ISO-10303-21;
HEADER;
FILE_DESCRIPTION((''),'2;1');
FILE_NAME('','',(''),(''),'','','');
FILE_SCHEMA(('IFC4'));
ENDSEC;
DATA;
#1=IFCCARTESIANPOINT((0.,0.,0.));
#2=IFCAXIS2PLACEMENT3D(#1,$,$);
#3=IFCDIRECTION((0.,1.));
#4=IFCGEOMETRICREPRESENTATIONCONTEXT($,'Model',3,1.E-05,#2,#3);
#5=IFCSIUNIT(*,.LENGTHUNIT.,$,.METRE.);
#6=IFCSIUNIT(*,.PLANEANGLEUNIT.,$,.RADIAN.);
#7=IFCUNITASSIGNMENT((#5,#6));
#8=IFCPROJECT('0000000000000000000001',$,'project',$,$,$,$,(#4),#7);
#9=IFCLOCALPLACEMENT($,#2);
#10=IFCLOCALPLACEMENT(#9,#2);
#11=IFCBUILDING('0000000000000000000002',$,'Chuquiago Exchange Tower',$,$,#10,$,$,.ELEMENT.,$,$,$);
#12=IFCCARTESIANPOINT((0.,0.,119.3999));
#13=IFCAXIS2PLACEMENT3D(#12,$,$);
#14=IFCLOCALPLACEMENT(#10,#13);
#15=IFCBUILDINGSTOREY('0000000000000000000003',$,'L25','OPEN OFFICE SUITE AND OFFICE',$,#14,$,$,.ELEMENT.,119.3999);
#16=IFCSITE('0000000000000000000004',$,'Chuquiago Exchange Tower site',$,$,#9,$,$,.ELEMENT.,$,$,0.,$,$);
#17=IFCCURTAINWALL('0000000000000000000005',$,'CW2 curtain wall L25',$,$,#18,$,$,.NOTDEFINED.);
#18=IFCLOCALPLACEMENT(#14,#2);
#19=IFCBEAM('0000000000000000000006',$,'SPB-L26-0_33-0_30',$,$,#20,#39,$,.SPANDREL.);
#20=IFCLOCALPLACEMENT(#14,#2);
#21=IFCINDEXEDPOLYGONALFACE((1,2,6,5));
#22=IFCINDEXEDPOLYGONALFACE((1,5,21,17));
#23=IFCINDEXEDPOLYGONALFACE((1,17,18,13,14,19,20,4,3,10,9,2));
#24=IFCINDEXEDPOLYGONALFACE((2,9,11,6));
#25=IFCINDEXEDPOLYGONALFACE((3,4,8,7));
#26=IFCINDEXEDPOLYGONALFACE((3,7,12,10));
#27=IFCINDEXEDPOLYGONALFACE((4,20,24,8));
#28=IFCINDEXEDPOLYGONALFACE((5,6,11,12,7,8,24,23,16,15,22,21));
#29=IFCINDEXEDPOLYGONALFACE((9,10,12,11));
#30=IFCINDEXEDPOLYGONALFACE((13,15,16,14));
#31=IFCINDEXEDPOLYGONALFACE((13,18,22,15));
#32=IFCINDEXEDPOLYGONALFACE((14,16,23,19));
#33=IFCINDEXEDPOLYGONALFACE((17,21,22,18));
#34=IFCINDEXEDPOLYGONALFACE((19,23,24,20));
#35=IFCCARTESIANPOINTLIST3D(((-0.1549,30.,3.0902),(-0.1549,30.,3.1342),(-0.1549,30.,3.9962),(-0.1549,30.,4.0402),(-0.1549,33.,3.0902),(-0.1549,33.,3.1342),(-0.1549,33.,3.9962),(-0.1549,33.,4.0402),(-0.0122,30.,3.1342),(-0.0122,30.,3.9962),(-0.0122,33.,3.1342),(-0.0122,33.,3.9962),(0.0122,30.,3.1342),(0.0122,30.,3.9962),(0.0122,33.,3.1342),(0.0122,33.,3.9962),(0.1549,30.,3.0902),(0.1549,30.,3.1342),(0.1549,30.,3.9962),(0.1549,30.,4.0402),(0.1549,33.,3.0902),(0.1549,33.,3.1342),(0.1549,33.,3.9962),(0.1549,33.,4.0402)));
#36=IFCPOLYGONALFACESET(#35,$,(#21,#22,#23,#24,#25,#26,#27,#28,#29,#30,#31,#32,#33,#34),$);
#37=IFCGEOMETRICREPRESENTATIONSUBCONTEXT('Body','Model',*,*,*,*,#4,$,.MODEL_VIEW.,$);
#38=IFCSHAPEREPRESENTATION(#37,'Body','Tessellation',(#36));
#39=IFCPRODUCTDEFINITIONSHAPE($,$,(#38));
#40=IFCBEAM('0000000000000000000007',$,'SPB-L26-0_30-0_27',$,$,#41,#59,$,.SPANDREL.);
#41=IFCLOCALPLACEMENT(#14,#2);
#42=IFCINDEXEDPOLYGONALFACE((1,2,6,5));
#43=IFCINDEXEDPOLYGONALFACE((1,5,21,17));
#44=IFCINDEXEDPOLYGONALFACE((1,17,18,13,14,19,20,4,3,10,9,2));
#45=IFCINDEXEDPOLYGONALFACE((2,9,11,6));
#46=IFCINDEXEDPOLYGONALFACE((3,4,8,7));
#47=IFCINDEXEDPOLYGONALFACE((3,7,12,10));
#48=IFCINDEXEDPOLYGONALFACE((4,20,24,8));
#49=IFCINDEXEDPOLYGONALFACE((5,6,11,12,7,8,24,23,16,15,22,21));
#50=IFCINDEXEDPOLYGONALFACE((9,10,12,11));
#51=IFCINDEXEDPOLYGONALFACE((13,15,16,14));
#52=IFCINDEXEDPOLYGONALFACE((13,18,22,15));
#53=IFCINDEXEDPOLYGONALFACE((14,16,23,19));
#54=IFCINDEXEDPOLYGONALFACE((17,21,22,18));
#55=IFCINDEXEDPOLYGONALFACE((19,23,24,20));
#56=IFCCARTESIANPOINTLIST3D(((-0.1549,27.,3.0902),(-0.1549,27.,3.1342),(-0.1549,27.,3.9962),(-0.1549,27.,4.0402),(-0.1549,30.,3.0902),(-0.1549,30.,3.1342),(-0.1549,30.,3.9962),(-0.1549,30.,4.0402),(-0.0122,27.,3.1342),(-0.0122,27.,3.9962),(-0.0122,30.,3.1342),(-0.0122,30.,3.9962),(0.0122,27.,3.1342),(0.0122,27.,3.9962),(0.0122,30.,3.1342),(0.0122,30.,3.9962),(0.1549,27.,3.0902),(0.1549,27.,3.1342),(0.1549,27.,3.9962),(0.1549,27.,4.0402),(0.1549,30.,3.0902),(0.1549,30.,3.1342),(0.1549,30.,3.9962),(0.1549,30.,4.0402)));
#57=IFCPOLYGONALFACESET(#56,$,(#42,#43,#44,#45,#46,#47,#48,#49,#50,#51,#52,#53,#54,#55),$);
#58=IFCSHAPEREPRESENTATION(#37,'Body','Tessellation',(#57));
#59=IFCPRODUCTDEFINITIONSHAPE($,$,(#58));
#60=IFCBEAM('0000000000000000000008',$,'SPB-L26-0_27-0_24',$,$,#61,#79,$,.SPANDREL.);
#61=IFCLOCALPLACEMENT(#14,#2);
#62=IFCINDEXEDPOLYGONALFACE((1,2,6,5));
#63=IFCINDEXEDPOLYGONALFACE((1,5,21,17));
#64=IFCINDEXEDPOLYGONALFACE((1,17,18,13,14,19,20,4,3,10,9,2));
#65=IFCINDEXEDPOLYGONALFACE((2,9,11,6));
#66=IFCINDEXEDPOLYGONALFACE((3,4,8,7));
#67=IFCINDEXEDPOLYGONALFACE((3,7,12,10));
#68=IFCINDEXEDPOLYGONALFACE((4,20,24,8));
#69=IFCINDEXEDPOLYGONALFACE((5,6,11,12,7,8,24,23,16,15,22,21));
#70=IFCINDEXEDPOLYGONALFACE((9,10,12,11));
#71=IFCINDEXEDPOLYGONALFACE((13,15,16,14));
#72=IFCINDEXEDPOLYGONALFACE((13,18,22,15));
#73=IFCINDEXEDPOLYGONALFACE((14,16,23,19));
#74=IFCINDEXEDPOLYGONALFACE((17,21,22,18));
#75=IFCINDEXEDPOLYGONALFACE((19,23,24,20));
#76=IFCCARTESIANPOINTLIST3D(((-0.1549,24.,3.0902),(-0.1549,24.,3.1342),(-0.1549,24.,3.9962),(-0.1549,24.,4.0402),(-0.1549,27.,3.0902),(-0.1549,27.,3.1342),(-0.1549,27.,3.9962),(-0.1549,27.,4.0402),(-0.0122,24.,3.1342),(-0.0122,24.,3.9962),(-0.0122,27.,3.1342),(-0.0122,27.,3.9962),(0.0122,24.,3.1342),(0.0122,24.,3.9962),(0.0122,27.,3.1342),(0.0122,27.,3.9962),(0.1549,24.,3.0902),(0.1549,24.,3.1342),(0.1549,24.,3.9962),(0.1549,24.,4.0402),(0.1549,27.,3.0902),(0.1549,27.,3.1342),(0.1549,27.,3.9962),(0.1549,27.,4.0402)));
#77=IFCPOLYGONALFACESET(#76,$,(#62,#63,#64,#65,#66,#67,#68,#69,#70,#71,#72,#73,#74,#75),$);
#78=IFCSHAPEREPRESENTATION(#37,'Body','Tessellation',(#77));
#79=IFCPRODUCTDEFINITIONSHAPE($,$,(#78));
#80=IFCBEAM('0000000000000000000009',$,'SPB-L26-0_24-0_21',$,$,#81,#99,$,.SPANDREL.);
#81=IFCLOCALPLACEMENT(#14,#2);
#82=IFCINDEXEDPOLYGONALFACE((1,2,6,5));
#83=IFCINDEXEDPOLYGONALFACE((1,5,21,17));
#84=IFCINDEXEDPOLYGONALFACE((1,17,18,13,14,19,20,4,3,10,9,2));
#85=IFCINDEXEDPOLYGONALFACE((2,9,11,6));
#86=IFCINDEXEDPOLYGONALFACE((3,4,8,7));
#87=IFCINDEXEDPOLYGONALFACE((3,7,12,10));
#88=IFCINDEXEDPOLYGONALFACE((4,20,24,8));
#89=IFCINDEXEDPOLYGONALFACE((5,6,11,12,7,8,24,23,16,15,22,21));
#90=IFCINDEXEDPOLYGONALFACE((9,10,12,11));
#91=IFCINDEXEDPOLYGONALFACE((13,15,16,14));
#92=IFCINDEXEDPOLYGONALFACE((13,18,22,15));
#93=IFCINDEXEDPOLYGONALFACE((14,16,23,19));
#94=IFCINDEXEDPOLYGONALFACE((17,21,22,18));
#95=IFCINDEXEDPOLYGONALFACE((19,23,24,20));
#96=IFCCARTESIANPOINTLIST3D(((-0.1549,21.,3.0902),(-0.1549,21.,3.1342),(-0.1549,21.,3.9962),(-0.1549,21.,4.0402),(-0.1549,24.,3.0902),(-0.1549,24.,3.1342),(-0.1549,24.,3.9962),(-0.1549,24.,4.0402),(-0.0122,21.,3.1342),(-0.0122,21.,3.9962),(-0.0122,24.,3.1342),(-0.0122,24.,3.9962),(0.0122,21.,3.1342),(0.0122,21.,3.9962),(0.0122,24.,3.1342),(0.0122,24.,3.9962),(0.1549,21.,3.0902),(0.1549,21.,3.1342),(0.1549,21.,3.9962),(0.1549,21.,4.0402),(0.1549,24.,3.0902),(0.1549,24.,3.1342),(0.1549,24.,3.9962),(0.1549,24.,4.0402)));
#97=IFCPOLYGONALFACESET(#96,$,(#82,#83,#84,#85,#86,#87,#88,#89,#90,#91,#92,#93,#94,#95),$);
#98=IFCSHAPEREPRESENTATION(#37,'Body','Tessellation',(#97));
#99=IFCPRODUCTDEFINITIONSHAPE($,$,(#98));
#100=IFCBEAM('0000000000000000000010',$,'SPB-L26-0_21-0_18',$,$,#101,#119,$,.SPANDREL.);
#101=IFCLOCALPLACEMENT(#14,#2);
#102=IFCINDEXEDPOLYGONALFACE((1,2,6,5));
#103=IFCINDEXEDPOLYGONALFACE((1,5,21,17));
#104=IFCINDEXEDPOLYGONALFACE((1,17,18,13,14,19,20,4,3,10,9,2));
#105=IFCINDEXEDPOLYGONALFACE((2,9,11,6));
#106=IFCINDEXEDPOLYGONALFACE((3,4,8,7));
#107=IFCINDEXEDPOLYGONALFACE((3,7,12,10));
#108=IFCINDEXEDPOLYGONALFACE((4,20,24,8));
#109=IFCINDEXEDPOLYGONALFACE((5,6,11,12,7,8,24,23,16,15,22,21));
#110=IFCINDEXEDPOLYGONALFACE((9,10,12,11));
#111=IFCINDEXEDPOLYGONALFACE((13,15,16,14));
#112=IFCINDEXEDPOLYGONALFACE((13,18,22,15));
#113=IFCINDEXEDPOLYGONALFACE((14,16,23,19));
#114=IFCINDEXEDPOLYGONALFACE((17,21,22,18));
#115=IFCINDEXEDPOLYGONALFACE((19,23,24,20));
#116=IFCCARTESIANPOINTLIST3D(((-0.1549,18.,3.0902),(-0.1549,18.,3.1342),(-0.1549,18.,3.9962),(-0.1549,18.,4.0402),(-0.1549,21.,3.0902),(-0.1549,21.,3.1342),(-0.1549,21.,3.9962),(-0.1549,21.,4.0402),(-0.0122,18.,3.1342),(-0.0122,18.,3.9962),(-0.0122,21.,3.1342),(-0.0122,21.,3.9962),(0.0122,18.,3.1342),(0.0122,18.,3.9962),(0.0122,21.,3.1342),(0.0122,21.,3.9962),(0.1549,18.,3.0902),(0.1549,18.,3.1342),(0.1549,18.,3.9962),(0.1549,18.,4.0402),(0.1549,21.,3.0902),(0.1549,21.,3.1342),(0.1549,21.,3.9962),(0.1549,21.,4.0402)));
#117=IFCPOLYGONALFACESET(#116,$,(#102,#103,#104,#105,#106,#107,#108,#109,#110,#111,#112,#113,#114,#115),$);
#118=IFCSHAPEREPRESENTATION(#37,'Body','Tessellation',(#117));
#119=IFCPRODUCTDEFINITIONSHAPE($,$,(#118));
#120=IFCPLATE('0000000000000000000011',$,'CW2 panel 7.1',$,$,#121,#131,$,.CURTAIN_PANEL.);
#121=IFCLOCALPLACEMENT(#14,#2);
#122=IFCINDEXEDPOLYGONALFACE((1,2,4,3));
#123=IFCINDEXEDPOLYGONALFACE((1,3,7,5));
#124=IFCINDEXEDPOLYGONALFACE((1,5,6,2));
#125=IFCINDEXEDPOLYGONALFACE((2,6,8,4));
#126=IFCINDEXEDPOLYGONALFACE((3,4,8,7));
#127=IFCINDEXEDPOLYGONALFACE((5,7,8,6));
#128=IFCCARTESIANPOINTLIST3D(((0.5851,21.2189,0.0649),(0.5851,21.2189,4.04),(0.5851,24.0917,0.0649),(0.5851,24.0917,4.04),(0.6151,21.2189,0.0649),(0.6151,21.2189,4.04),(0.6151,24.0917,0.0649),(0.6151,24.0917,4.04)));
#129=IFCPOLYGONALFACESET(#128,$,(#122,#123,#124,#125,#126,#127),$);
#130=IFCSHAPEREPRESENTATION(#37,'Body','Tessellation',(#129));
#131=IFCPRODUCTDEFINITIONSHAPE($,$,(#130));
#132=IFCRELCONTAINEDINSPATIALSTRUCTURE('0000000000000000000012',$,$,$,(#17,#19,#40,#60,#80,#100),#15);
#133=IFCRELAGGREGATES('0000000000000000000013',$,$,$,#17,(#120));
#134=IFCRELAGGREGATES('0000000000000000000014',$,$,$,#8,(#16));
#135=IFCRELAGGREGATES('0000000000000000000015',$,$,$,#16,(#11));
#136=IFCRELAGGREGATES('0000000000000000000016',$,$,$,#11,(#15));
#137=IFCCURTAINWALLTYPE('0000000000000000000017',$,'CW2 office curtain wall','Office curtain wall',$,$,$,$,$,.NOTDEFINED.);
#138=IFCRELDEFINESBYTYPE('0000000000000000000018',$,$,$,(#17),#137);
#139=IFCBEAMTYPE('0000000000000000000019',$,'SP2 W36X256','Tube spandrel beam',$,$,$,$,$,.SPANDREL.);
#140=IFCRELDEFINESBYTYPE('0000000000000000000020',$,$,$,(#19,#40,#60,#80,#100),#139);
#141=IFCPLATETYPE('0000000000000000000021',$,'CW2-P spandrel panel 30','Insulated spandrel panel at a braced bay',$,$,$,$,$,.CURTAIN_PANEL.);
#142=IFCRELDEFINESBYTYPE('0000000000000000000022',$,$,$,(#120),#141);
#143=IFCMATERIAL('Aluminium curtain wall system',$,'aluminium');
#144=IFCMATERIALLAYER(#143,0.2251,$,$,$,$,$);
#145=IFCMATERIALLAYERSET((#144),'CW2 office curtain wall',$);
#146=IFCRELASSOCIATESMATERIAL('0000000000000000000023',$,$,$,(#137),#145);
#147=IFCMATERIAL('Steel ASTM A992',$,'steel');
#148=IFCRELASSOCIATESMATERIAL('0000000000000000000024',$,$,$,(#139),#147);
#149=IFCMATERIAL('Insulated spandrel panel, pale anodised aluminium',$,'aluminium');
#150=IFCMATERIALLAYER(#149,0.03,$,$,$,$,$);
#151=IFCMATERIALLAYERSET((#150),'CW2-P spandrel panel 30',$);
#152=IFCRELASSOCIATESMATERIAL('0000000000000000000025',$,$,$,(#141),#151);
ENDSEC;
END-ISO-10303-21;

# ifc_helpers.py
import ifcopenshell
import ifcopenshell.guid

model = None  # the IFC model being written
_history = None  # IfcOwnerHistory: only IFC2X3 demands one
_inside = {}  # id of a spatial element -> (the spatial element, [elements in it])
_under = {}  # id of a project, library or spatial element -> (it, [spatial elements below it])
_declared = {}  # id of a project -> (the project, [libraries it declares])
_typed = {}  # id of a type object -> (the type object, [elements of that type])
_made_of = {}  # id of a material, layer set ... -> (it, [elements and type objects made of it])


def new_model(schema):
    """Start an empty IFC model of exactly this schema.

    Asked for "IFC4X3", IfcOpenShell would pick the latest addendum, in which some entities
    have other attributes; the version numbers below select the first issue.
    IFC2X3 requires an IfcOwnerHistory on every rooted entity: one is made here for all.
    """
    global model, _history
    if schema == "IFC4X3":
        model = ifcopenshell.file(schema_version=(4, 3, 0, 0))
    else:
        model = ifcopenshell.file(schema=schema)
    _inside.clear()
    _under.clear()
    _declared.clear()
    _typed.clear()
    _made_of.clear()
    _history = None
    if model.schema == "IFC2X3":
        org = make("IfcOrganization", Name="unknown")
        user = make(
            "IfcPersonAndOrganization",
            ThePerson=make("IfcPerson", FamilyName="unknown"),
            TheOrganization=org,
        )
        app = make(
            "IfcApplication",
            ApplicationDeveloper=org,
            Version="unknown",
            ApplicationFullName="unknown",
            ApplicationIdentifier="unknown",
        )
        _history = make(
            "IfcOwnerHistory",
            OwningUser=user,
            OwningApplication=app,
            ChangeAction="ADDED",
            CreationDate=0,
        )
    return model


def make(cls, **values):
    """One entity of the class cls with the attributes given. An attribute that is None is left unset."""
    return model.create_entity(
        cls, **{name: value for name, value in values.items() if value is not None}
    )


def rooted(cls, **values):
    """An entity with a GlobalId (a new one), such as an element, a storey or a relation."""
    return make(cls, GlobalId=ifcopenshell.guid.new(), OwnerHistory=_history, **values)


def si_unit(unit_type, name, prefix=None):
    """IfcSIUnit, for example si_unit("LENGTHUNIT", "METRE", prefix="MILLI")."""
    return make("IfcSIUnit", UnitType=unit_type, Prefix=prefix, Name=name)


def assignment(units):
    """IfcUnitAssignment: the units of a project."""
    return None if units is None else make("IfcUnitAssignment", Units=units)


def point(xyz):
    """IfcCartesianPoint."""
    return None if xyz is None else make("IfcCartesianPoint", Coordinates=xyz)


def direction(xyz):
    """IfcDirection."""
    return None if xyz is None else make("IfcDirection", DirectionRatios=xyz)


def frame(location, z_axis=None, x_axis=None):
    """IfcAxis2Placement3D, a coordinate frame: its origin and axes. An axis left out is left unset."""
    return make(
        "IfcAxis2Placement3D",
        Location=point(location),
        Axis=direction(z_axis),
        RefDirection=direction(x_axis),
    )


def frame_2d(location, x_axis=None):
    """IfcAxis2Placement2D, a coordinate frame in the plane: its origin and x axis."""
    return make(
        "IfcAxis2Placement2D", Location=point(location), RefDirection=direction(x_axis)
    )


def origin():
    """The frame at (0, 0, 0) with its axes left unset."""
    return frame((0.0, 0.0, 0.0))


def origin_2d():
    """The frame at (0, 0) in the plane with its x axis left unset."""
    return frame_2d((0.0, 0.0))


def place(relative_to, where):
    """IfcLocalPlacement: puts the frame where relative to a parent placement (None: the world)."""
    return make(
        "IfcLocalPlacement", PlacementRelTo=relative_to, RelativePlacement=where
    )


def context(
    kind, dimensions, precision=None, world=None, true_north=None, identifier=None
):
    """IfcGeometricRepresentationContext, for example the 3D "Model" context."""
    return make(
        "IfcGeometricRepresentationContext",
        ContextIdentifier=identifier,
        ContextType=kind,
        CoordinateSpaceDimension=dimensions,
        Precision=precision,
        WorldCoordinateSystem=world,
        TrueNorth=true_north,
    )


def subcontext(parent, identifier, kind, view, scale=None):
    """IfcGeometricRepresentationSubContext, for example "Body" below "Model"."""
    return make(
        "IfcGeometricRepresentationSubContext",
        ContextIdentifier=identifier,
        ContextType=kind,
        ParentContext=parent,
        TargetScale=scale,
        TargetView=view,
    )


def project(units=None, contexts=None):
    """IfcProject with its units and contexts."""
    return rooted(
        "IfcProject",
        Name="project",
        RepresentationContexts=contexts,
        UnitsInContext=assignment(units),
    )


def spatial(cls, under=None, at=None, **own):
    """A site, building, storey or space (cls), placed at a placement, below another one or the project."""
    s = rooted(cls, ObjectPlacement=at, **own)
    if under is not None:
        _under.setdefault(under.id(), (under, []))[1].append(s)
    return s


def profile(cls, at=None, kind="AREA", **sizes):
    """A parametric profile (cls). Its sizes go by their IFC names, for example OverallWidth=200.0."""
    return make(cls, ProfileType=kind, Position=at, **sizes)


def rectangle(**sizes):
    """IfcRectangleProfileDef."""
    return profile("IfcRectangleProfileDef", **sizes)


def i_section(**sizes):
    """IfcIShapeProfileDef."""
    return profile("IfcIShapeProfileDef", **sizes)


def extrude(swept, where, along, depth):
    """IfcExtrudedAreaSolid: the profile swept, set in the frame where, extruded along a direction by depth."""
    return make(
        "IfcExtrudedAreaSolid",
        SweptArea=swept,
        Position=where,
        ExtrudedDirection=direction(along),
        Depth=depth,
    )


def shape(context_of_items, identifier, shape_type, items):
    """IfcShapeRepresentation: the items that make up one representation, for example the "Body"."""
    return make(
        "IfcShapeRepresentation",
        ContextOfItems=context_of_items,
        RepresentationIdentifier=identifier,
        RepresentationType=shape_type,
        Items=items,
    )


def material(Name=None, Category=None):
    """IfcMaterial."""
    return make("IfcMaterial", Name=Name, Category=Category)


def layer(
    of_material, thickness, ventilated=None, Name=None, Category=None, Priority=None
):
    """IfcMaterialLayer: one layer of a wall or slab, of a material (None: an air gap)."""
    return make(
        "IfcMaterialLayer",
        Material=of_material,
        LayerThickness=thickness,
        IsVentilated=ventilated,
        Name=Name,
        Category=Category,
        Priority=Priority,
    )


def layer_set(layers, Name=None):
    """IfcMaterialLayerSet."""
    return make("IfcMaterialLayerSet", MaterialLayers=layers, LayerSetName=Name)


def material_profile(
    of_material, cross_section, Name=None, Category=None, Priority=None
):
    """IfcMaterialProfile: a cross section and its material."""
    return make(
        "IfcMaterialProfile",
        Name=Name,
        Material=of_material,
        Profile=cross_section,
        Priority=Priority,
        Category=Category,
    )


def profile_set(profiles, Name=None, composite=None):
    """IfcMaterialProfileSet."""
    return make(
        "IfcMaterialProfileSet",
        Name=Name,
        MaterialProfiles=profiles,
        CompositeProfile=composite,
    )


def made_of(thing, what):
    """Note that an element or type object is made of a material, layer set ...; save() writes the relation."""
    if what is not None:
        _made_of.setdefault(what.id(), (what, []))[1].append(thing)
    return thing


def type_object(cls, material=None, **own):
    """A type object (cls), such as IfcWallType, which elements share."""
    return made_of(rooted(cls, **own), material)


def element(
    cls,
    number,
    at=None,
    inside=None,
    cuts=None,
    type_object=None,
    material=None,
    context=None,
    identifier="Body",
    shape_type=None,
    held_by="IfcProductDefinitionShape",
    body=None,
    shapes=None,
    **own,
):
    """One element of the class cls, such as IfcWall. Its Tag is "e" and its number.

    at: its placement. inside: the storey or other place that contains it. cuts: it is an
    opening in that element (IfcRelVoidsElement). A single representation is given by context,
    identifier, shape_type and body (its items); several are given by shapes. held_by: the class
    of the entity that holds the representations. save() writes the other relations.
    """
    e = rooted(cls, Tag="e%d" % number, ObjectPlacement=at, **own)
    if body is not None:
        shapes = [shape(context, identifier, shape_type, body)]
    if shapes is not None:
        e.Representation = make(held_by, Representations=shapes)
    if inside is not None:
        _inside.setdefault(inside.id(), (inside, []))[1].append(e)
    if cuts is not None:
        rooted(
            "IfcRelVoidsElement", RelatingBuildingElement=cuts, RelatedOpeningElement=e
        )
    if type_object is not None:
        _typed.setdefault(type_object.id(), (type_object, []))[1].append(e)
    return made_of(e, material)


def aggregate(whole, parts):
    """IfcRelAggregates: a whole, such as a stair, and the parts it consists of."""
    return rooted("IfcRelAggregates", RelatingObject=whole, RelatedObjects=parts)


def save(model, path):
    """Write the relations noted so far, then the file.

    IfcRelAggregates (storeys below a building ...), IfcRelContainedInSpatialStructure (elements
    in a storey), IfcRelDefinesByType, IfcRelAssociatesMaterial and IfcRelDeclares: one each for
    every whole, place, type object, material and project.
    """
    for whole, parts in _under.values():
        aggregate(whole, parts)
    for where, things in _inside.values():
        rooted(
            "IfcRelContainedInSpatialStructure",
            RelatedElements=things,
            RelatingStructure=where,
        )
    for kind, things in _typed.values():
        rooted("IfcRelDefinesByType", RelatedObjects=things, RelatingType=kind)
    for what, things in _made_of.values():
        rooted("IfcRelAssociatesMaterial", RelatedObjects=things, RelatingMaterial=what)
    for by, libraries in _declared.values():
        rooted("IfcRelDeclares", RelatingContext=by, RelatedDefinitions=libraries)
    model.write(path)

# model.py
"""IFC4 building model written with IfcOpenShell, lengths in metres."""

from ifc_helpers import new_model, si_unit, direction, frame, origin, origin_2d, place, context, subcontext, project, spatial, rectangle, i_section, extrude, material, layer, layer_set, material_profile, profile_set, type_object, element, aggregate, save


model = new_model("IFC4")

# Units and contexts
model_context = context("Model", 3, precision=1e-05, world=origin(), true_north=direction((0.0, 1.0)))
body_context = subcontext(model_context, "Body", "Model", "MODEL_VIEW")
ifc_project = project(units=[si_unit("LENGTHUNIT", "METRE"), si_unit("PLANEANGLEUNIT", "RADIAN")], contexts=[model_context])

# Site, building, storey
site_placement = place(None, origin())
site = spatial("IfcSite", under=ifc_project, at=site_placement, Name="Chuquiago Exchange Tower site", CompositionType="ELEMENT", RefElevation=0.0)
building_placement = place(site_placement, origin())
building = spatial("IfcBuilding", under=site, at=building_placement, Name="Chuquiago Exchange Tower", CompositionType="ELEMENT")
storey_placement = place(building_placement, frame((0.0, 0.0, 119.3999)))
storey = spatial("IfcBuildingStorey", under=building, at=storey_placement, Name="L25", Description="OPEN OFFICE SUITE AND OFFICE", CompositionType="ELEMENT", Elevation=119.3999)

# Curtain wall
ifc_material_1 = material(Name="Aluminium curtain wall system", Category="aluminium")
ifc_layer_1 = layer(ifc_material_1, 0.2251)
ifc_layer_set_1 = layer_set([ifc_layer_1], Name="CW2 office curtain wall")
curtain_wall_type = type_object("IfcCurtainWallType", Name="CW2 office curtain wall", Description="Office curtain wall", PredefinedType="NOTDEFINED", material=ifc_layer_set_1)
curtain_wall_placement = place(storey_placement, origin())
curtain_wall = element("IfcCurtainWall", 1, at=curtain_wall_placement, inside=storey, type_object=curtain_wall_type, Name="CW2 curtain wall L25", PredefinedType="NOTDEFINED")

# Beams
ifc_material_2 = material(Name="Steel ASTM A992", Category="steel")
ifc_material_profile_1 = material_profile(ifc_material_2, i_section(OverallWidth=0.3098, OverallDepth=0.95, WebThickness=0.0244, FlangeThickness=0.0439, at=origin_2d()), Name="W36X256")
ifc_profile_set_1 = profile_set([ifc_material_profile_1], Name="Steel ASTM A992")
beam_type = type_object("IfcBeamType", Name="SP2 W36X256", Description="Tube spandrel beam", PredefinedType="SPANDREL", material=ifc_profile_set_1)
for number, where, z_axis, x_axis, name in (
    (2, (0.0, 33.0, 3.5652), (0.0, -1.0, 0.0), (1.0, 0.0, 0.0), "SPB-L26-0_33-0_30"),
    (3, (0.0, 30.0, 3.5652), (0.0, -1.0, 0.0), (1.0, 0.0, 0.0), "SPB-L26-0_30-0_27"),
    (4, (0.0, 27.0, 3.5652), (0.0, -1.0, 0.0), (1.0, 0.0, 0.0), "SPB-L26-0_27-0_24"),
    (5, (0.0, 24.0, 3.5652), (0.0, -1.0, 0.0), (1.0, 0.0, 0.0), "SPB-L26-0_24-0_21"),
    (6, (0.0, 21.0, 3.5652), (0.0, -1.0, 0.0), (1.0, 0.0, 0.0), "SPB-L26-0_21-0_18"),
):
    element("IfcBeam", number, at=place(storey_placement, frame(where, z_axis=z_axis, x_axis=x_axis)), inside=storey, type_object=beam_type, Name=name, PredefinedType="SPANDREL", context=body_context, shape_type="SweptSolid", body=[
        extrude(i_section(OverallWidth=0.3098, OverallDepth=0.95, WebThickness=0.0244, FlangeThickness=0.0439, at=origin_2d()), origin(), (0.0, 0.0, 1.0), 3.0),
    ])

# Plate
ifc_material_3 = material(Name="Insulated spandrel panel, pale anodised aluminium", Category="aluminium")
ifc_layer_2 = layer(ifc_material_3, 0.03)
ifc_layer_set_2 = layer_set([ifc_layer_2], Name="CW2-P spandrel panel 30")
plate_type = type_object("IfcPlateType", Name="CW2-P spandrel panel 30", Description="Insulated spandrel panel at a braced bay", PredefinedType="CURTAIN_PANEL", material=ifc_layer_set_2)
plate_placement = place(storey_placement, frame((0.6001, 22.6553, 0.0649), z_axis=(0.0, 0.0, 1.0), x_axis=(0.0, -1.0, 0.0)))
plate = element("IfcPlate", 7, at=plate_placement, type_object=plate_type, Name="CW2 panel 7.1", PredefinedType="CURTAIN_PANEL", context=body_context, shape_type="SweptSolid", body=[
    extrude(rectangle(XDim=2.8728, YDim=0.03, at=origin_2d()), origin(), (0.0, 0.0, 1.0), 3.9751),
])
aggregate(curtain_wall, [plate])

save(model, "model.ifc")
